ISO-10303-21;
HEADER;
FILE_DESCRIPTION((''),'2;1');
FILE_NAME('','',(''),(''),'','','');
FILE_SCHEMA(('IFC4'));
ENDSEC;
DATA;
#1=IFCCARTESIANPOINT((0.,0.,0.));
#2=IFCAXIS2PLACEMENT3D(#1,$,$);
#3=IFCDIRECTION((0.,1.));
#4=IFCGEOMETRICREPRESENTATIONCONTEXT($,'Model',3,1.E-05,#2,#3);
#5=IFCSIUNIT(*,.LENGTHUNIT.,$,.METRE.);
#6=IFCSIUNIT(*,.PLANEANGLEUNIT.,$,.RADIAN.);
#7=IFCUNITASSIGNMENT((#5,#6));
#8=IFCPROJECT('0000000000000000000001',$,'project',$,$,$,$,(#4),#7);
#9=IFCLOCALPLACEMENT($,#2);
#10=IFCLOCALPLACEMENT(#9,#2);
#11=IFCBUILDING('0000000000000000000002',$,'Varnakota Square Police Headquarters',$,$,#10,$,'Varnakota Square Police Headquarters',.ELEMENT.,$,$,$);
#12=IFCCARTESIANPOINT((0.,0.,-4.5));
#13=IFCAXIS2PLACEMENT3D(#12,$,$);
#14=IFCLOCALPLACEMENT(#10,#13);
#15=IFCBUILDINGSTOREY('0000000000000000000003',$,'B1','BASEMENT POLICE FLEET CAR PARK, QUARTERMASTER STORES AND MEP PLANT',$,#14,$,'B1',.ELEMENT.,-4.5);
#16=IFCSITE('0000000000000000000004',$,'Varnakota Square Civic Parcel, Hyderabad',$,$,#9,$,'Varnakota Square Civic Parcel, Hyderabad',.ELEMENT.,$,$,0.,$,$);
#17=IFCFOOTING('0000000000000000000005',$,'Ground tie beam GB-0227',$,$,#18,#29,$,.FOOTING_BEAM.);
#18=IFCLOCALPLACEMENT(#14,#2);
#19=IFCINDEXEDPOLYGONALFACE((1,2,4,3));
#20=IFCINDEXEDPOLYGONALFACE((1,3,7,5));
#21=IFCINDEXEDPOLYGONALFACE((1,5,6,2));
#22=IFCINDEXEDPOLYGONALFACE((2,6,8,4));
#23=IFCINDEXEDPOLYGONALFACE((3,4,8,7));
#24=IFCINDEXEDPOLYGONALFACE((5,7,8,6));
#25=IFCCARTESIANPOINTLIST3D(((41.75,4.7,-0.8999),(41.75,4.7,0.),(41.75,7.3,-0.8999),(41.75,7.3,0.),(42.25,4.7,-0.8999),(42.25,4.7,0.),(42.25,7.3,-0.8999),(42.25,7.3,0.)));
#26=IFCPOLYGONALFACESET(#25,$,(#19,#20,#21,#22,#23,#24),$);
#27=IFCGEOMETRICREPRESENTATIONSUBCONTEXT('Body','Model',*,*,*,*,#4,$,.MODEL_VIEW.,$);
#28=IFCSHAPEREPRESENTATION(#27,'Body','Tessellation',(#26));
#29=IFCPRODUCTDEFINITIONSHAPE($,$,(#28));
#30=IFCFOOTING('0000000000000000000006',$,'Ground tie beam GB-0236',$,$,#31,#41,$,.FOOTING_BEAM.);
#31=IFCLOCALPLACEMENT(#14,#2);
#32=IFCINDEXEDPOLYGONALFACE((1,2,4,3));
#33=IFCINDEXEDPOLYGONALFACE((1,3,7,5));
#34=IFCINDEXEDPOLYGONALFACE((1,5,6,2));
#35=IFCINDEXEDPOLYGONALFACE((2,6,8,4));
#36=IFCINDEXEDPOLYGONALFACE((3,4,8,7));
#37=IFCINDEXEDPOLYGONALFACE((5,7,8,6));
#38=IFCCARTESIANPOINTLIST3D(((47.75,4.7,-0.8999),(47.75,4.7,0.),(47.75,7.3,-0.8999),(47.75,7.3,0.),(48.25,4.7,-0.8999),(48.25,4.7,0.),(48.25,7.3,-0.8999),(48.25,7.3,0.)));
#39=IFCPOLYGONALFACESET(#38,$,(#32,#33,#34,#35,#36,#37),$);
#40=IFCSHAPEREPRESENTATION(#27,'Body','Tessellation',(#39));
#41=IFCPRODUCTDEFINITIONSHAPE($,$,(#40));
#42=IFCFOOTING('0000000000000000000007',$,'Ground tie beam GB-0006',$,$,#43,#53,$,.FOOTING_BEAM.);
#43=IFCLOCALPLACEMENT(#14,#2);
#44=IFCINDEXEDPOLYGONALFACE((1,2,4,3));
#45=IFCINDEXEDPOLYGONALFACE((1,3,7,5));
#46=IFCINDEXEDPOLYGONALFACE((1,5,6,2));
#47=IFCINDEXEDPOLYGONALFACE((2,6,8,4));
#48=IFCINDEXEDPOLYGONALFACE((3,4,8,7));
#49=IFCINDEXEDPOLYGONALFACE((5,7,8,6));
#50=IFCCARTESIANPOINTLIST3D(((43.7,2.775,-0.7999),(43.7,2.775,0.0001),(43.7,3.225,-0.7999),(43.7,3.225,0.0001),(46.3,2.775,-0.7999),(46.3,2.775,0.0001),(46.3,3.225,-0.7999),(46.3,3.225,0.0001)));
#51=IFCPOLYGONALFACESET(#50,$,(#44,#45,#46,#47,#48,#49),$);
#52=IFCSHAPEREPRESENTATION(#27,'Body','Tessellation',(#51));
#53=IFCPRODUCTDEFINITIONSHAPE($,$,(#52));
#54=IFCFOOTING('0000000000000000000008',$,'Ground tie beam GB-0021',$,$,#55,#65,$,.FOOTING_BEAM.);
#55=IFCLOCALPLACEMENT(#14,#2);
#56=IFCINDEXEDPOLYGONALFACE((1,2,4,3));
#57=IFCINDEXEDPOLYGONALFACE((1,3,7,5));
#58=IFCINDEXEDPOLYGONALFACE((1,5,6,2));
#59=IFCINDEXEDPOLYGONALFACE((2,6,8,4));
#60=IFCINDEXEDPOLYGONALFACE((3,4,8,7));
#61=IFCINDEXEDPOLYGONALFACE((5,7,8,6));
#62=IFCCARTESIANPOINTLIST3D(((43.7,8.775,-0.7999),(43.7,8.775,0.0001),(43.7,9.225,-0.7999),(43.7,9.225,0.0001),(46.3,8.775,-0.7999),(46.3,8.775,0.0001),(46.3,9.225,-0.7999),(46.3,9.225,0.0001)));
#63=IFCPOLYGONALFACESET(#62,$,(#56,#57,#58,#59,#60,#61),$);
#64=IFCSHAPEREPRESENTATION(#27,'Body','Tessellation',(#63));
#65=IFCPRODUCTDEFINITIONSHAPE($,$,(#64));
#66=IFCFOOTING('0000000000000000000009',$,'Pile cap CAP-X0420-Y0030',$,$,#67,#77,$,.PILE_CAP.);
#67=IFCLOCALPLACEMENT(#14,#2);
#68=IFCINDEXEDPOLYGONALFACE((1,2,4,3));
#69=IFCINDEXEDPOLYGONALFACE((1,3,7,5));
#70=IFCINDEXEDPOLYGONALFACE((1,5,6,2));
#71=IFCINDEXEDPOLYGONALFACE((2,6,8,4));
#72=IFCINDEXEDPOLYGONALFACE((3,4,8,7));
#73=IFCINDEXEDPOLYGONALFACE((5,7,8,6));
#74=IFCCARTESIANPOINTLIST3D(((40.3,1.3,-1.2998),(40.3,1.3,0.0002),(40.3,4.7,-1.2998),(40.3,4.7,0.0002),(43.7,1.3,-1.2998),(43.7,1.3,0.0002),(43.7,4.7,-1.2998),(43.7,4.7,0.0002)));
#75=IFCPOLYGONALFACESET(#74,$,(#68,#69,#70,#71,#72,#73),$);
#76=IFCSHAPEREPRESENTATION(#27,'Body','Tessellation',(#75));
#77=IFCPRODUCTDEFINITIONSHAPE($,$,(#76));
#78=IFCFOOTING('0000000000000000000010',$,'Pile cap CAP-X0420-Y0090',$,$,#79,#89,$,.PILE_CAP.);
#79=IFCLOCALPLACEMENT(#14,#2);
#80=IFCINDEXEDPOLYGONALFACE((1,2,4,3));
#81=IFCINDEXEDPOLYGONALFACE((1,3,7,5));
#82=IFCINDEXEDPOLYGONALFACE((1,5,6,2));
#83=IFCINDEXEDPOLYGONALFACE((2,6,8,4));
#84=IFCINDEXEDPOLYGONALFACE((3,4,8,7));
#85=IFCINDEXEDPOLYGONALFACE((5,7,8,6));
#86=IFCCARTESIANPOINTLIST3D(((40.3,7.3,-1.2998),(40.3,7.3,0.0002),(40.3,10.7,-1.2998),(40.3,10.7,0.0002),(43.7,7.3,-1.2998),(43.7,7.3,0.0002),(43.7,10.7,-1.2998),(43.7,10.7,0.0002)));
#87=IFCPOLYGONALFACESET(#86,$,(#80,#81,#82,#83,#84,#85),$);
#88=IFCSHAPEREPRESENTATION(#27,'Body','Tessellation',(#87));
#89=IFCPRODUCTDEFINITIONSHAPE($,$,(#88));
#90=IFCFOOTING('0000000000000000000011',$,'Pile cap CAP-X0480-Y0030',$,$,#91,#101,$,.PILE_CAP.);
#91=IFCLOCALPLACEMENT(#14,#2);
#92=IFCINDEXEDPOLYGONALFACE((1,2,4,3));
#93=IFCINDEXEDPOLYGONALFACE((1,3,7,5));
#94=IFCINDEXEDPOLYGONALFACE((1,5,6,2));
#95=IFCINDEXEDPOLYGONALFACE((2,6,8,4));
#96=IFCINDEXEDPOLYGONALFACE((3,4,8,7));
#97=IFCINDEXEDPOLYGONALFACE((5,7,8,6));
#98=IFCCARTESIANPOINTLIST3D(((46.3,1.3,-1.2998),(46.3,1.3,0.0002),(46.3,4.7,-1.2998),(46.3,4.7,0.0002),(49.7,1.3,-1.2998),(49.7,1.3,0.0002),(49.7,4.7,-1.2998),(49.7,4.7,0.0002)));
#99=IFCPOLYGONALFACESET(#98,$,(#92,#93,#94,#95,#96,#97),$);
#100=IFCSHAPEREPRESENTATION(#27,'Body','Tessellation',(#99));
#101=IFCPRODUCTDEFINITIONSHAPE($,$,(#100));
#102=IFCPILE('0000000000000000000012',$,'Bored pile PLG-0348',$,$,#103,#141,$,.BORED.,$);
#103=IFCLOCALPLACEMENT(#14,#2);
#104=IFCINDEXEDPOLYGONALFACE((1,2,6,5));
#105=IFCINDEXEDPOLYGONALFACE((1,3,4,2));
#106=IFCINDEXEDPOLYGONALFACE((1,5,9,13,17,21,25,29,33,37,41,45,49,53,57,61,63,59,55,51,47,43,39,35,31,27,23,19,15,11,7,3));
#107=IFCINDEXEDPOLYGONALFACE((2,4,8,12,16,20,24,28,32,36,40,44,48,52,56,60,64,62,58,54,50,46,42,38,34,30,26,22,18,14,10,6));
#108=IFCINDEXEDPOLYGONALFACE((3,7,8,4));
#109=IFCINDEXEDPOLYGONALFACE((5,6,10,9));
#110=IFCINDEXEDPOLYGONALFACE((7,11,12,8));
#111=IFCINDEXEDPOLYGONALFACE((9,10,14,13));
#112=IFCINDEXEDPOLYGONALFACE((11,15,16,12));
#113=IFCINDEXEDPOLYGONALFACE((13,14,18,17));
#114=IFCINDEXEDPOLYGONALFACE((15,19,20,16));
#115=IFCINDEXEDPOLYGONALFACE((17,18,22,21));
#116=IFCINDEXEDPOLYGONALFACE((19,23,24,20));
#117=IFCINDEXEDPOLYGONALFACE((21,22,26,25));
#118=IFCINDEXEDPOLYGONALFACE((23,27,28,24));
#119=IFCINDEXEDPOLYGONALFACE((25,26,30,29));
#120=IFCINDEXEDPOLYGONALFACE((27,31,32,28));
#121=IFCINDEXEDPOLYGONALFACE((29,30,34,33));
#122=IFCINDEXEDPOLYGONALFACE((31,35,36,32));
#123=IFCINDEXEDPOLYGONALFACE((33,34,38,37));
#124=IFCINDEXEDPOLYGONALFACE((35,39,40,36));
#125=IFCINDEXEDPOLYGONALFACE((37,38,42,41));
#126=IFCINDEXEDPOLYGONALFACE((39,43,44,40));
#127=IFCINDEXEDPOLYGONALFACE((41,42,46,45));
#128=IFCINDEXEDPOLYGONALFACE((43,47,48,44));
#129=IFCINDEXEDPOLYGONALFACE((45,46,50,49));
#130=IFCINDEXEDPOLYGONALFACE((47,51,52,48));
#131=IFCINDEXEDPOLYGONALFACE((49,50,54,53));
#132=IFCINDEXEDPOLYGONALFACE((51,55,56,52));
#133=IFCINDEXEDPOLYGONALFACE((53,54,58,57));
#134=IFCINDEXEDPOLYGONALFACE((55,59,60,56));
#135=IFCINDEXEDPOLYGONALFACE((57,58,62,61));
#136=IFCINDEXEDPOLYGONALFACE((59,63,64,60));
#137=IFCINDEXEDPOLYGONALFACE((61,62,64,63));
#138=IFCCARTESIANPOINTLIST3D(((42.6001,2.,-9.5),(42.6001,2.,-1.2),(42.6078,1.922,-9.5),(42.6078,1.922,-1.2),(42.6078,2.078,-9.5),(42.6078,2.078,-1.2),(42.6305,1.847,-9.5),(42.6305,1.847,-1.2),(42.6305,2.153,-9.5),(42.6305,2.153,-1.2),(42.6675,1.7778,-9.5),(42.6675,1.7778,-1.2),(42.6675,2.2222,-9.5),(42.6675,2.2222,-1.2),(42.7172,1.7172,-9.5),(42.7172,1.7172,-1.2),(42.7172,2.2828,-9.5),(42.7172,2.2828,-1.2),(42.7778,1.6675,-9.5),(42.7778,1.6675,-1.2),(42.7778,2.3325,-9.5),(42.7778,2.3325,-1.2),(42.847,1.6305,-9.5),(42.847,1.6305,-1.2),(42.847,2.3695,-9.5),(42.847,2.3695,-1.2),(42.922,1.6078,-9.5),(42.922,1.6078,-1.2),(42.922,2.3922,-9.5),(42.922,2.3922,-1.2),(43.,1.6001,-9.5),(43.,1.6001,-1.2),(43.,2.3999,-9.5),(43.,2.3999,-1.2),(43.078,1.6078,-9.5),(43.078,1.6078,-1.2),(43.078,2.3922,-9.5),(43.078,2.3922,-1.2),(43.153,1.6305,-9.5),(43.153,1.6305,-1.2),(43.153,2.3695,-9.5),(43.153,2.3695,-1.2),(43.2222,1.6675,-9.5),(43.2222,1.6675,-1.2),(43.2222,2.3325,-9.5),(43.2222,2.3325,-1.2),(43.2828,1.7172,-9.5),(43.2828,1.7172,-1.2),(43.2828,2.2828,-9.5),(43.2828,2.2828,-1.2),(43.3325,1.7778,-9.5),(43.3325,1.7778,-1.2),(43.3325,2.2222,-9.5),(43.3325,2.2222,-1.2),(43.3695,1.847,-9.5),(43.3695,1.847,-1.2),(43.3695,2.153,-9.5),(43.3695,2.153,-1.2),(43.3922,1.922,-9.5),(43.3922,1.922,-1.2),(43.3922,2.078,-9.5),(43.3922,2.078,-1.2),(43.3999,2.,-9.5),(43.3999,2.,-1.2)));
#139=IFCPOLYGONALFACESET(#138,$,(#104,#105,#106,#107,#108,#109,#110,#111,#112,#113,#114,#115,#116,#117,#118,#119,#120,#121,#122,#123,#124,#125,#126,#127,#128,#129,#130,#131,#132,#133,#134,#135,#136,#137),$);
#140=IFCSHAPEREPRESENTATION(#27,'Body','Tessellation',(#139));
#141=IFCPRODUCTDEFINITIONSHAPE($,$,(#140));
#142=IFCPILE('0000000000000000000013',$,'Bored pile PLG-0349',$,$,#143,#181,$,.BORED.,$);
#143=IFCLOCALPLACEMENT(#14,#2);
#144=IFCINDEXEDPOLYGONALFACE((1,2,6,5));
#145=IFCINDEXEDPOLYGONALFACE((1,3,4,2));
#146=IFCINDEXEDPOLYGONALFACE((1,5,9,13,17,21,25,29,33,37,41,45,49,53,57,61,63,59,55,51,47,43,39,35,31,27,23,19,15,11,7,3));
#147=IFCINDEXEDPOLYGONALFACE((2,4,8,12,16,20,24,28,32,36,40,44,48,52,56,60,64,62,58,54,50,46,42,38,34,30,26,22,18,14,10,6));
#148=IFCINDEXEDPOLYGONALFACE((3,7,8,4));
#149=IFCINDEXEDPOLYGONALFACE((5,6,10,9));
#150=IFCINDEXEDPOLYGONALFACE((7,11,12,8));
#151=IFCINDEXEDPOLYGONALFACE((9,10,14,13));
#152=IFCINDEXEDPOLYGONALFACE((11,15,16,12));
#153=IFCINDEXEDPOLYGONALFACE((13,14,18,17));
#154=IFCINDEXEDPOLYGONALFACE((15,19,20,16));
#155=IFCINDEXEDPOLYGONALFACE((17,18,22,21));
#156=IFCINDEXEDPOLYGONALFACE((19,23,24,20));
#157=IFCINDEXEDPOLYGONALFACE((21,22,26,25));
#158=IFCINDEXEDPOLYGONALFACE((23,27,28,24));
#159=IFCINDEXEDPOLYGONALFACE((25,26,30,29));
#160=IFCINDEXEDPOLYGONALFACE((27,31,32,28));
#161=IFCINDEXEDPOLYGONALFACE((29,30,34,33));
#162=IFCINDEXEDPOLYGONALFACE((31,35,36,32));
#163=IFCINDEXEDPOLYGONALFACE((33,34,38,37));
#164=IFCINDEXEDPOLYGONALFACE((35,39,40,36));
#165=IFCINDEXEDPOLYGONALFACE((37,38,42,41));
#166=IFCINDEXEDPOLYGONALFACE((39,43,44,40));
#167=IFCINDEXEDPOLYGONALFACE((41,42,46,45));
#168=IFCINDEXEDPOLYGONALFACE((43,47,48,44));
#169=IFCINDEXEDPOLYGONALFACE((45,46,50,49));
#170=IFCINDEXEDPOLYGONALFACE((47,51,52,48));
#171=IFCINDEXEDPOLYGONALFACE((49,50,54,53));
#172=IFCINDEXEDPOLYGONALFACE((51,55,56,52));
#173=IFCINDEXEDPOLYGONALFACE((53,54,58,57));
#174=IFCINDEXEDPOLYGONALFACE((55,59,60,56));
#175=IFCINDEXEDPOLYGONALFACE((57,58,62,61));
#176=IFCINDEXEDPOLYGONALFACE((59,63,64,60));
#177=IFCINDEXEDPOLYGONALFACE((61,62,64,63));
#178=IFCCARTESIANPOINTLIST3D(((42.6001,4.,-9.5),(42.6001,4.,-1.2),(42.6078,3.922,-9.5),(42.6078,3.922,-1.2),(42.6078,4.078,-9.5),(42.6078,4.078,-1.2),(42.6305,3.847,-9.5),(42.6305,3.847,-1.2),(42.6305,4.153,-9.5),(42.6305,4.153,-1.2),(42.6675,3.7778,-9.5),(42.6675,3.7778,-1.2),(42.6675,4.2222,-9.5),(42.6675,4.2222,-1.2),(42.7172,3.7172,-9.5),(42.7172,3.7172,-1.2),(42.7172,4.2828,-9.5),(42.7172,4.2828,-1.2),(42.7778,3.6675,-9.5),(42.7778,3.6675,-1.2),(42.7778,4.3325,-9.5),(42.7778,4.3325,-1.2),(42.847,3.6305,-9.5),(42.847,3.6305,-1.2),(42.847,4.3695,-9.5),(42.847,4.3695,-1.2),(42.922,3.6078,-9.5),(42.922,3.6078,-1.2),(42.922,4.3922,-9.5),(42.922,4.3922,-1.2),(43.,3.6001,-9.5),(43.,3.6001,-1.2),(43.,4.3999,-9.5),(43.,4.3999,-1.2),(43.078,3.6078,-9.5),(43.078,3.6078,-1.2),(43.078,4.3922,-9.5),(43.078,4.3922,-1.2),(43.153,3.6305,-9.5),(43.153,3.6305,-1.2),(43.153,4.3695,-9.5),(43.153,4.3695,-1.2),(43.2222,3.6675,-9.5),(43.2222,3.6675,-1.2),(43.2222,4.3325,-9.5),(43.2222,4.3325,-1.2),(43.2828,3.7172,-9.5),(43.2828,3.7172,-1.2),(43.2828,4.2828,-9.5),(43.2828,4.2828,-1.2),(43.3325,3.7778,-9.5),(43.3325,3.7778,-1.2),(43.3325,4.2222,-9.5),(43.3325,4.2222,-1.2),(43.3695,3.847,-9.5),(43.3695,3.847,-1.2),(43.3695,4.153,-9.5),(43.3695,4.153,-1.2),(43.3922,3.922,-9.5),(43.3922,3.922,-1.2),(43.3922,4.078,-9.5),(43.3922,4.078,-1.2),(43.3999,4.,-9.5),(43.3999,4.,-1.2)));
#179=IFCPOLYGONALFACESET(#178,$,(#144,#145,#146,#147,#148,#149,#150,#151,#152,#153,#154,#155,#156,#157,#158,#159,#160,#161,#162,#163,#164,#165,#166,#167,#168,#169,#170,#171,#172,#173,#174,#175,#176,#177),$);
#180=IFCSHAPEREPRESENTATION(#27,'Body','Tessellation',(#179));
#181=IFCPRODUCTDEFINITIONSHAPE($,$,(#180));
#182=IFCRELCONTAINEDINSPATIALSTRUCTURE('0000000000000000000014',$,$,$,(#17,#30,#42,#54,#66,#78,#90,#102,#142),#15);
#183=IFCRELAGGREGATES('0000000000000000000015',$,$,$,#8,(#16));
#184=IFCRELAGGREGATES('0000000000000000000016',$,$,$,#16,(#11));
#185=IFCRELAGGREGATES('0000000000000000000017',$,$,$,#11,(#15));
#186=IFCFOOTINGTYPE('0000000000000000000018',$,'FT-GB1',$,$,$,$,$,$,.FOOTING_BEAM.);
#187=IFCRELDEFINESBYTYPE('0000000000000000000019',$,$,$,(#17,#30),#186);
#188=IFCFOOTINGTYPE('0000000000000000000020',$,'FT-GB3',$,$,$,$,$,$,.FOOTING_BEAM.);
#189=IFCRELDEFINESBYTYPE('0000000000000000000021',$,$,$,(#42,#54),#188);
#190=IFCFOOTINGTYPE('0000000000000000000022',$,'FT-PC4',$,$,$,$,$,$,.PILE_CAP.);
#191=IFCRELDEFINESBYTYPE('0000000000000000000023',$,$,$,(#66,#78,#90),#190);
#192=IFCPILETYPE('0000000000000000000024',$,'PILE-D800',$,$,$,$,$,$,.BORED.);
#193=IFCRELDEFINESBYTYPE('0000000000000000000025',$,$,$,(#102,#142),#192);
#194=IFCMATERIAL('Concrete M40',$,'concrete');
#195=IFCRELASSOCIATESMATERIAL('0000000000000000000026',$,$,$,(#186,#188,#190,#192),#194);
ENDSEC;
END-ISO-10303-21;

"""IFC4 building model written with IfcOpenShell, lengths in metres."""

from ifc_helpers import new_model, si_unit, direction, frame, origin, origin_2d, place, context, subcontext, project, spatial, rectangle, circle, extrude, material, material_profile, profile_set, type_object, element, save


model = new_model("IFC4")

# Units and contexts
model_context = context("Model", 3, precision=1e-05, world=origin(), true_north=direction((0.0, 1.0)))
body_context = subcontext(model_context, "Body", "Model", "MODEL_VIEW")
ifc_project = project(units=[si_unit("LENGTHUNIT", "METRE"), si_unit("PLANEANGLEUNIT", "RADIAN")], contexts=[model_context])

# Site, building, storey
site_placement = place(None, origin())
site = spatial("IfcSite", under=ifc_project, at=site_placement, Name="Varnakota Square Civic Parcel, Hyderabad", LongName="Varnakota Square Civic Parcel, Hyderabad", CompositionType="ELEMENT", RefElevation=0.0)
building_placement = place(site_placement, origin())
building = spatial("IfcBuilding", under=site, at=building_placement, Name="Varnakota Square Police Headquarters", LongName="Varnakota Square Police Headquarters", CompositionType="ELEMENT")
storey_placement = place(building_placement, frame((0.0, 0.0, -4.5)))
storey = spatial("IfcBuildingStorey", under=building, at=storey_placement, Name="B1", Description="BASEMENT POLICE FLEET CAR PARK, QUARTERMASTER STORES AND MEP PLANT", LongName="B1", CompositionType="ELEMENT", Elevation=-4.5)

# Footings
ifc_material_1 = material(Name="Concrete M40", Category="concrete")
ifc_material_profile_1 = material_profile(ifc_material_1, rectangle(XDim=0.5, YDim=0.8999, at=origin_2d()), Name="GB 500x900")
ifc_profile_set_1 = profile_set([ifc_material_profile_1], Name="Concrete M40")
footing_type_1 = type_object("IfcFootingType", Name="FT-GB1", PredefinedType="FOOTING_BEAM", material=ifc_profile_set_1)
for number, where, z_axis, x_axis, name in (
    (1, (42.0, 4.7, -0.45), (0.0, 1.0, 0.0), (-1.0, 0.0, 0.0), "Ground tie beam GB-0227"),
    (2, (48.0, 4.7, -0.45), (0.0, 1.0, 0.0), (-1.0, 0.0, 0.0), "Ground tie beam GB-0236"),
):
    element("IfcFooting", number, at=place(storey_placement, frame(where, z_axis=z_axis, x_axis=x_axis)), inside=storey, type_object=footing_type_1, Name=name, PredefinedType="FOOTING_BEAM", context=body_context, shape_type="SweptSolid", body=[
        extrude(rectangle(XDim=0.5, YDim=0.8999, at=origin_2d()), origin(), (0.0, 0.0, 1.0), 2.6001),
    ])
ifc_material_profile_2 = material_profile(ifc_material_1, rectangle(XDim=0.45, YDim=0.8, at=origin_2d()), Name="GB 450x800")
ifc_profile_set_2 = profile_set([ifc_material_profile_2], Name="Concrete M40")
footing_type_2 = type_object("IfcFootingType", Name="FT-GB3", PredefinedType="FOOTING_BEAM", material=ifc_profile_set_2)
for number, where, z_axis, x_axis, name in (
    (3, (43.7, 3.0, -0.3999), (1.0, 0.0, 0.0), (0.0, 1.0, 0.0), "Ground tie beam GB-0006"),
    (4, (43.7, 9.0, -0.3999), (1.0, 0.0, 0.0), (0.0, 1.0, 0.0), "Ground tie beam GB-0021"),
):
    element("IfcFooting", number, at=place(storey_placement, frame(where, z_axis=z_axis, x_axis=x_axis)), inside=storey, type_object=footing_type_2, Name=name, PredefinedType="FOOTING_BEAM", context=body_context, shape_type="SweptSolid", body=[
        extrude(rectangle(XDim=0.45, YDim=0.8, at=origin_2d()), origin(), (0.0, 0.0, 1.0), 2.6001),
    ])
footing_type_3 = type_object("IfcFootingType", Name="FT-PC4", PredefinedType="PILE_CAP", material=ifc_material_1)
for number, where, z_axis, x_axis, name in (
    (5, (42.0, 3.0, -1.2998), (0.0, 0.0, 1.0), (1.0, 0.0, 0.0), "Pile cap CAP-X0420-Y0030"),
    (6, (42.0, 9.0, -1.2998), (0.0, 0.0, 1.0), (1.0, 0.0, 0.0), "Pile cap CAP-X0420-Y0090"),
    (7, (48.0, 3.0, -1.2998), (0.0, 0.0, 1.0), (1.0, 0.0, 0.0), "Pile cap CAP-X0480-Y0030"),
):
    element("IfcFooting", number, at=place(storey_placement, frame(where, z_axis=z_axis, x_axis=x_axis)), inside=storey, type_object=footing_type_3, Name=name, PredefinedType="PILE_CAP", context=body_context, shape_type="SweptSolid", body=[
        extrude(rectangle(XDim=3.3999, YDim=3.3999, at=origin_2d()), origin(), (0.0, 0.0, 1.0), 1.3),
    ])

# Piles
ifc_material_profile_3 = material_profile(ifc_material_1, circle(Radius=0.3999, at=origin_2d()), Name="BORED PILE 800")
ifc_profile_set_3 = profile_set([ifc_material_profile_3], Name="Concrete M40")
pile_type = type_object("IfcPileType", Name="PILE-D800", PredefinedType="BORED", material=ifc_profile_set_3)
for number, where, z_axis, x_axis, name in (
    (8, (43.0, 2.0, -1.2), (0.0, 0.0, -1.0), (1.0, 0.0, 0.0), "Bored pile PLG-0348"),
    (9, (43.0, 4.0, -1.2), (0.0, 0.0, -1.0), (1.0, 0.0, 0.0), "Bored pile PLG-0349"),
):
    element("IfcPile", number, at=place(storey_placement, frame(where, z_axis=z_axis, x_axis=x_axis)), inside=storey, type_object=pile_type, Name=name, PredefinedType="BORED", context=body_context, shape_type="SweptSolid", body=[
        extrude(circle(Radius=0.3999, at=origin_2d()), origin(), (0.0, 0.0, 1.0), 8.3),
    ])

save(model, "model.ifc")
